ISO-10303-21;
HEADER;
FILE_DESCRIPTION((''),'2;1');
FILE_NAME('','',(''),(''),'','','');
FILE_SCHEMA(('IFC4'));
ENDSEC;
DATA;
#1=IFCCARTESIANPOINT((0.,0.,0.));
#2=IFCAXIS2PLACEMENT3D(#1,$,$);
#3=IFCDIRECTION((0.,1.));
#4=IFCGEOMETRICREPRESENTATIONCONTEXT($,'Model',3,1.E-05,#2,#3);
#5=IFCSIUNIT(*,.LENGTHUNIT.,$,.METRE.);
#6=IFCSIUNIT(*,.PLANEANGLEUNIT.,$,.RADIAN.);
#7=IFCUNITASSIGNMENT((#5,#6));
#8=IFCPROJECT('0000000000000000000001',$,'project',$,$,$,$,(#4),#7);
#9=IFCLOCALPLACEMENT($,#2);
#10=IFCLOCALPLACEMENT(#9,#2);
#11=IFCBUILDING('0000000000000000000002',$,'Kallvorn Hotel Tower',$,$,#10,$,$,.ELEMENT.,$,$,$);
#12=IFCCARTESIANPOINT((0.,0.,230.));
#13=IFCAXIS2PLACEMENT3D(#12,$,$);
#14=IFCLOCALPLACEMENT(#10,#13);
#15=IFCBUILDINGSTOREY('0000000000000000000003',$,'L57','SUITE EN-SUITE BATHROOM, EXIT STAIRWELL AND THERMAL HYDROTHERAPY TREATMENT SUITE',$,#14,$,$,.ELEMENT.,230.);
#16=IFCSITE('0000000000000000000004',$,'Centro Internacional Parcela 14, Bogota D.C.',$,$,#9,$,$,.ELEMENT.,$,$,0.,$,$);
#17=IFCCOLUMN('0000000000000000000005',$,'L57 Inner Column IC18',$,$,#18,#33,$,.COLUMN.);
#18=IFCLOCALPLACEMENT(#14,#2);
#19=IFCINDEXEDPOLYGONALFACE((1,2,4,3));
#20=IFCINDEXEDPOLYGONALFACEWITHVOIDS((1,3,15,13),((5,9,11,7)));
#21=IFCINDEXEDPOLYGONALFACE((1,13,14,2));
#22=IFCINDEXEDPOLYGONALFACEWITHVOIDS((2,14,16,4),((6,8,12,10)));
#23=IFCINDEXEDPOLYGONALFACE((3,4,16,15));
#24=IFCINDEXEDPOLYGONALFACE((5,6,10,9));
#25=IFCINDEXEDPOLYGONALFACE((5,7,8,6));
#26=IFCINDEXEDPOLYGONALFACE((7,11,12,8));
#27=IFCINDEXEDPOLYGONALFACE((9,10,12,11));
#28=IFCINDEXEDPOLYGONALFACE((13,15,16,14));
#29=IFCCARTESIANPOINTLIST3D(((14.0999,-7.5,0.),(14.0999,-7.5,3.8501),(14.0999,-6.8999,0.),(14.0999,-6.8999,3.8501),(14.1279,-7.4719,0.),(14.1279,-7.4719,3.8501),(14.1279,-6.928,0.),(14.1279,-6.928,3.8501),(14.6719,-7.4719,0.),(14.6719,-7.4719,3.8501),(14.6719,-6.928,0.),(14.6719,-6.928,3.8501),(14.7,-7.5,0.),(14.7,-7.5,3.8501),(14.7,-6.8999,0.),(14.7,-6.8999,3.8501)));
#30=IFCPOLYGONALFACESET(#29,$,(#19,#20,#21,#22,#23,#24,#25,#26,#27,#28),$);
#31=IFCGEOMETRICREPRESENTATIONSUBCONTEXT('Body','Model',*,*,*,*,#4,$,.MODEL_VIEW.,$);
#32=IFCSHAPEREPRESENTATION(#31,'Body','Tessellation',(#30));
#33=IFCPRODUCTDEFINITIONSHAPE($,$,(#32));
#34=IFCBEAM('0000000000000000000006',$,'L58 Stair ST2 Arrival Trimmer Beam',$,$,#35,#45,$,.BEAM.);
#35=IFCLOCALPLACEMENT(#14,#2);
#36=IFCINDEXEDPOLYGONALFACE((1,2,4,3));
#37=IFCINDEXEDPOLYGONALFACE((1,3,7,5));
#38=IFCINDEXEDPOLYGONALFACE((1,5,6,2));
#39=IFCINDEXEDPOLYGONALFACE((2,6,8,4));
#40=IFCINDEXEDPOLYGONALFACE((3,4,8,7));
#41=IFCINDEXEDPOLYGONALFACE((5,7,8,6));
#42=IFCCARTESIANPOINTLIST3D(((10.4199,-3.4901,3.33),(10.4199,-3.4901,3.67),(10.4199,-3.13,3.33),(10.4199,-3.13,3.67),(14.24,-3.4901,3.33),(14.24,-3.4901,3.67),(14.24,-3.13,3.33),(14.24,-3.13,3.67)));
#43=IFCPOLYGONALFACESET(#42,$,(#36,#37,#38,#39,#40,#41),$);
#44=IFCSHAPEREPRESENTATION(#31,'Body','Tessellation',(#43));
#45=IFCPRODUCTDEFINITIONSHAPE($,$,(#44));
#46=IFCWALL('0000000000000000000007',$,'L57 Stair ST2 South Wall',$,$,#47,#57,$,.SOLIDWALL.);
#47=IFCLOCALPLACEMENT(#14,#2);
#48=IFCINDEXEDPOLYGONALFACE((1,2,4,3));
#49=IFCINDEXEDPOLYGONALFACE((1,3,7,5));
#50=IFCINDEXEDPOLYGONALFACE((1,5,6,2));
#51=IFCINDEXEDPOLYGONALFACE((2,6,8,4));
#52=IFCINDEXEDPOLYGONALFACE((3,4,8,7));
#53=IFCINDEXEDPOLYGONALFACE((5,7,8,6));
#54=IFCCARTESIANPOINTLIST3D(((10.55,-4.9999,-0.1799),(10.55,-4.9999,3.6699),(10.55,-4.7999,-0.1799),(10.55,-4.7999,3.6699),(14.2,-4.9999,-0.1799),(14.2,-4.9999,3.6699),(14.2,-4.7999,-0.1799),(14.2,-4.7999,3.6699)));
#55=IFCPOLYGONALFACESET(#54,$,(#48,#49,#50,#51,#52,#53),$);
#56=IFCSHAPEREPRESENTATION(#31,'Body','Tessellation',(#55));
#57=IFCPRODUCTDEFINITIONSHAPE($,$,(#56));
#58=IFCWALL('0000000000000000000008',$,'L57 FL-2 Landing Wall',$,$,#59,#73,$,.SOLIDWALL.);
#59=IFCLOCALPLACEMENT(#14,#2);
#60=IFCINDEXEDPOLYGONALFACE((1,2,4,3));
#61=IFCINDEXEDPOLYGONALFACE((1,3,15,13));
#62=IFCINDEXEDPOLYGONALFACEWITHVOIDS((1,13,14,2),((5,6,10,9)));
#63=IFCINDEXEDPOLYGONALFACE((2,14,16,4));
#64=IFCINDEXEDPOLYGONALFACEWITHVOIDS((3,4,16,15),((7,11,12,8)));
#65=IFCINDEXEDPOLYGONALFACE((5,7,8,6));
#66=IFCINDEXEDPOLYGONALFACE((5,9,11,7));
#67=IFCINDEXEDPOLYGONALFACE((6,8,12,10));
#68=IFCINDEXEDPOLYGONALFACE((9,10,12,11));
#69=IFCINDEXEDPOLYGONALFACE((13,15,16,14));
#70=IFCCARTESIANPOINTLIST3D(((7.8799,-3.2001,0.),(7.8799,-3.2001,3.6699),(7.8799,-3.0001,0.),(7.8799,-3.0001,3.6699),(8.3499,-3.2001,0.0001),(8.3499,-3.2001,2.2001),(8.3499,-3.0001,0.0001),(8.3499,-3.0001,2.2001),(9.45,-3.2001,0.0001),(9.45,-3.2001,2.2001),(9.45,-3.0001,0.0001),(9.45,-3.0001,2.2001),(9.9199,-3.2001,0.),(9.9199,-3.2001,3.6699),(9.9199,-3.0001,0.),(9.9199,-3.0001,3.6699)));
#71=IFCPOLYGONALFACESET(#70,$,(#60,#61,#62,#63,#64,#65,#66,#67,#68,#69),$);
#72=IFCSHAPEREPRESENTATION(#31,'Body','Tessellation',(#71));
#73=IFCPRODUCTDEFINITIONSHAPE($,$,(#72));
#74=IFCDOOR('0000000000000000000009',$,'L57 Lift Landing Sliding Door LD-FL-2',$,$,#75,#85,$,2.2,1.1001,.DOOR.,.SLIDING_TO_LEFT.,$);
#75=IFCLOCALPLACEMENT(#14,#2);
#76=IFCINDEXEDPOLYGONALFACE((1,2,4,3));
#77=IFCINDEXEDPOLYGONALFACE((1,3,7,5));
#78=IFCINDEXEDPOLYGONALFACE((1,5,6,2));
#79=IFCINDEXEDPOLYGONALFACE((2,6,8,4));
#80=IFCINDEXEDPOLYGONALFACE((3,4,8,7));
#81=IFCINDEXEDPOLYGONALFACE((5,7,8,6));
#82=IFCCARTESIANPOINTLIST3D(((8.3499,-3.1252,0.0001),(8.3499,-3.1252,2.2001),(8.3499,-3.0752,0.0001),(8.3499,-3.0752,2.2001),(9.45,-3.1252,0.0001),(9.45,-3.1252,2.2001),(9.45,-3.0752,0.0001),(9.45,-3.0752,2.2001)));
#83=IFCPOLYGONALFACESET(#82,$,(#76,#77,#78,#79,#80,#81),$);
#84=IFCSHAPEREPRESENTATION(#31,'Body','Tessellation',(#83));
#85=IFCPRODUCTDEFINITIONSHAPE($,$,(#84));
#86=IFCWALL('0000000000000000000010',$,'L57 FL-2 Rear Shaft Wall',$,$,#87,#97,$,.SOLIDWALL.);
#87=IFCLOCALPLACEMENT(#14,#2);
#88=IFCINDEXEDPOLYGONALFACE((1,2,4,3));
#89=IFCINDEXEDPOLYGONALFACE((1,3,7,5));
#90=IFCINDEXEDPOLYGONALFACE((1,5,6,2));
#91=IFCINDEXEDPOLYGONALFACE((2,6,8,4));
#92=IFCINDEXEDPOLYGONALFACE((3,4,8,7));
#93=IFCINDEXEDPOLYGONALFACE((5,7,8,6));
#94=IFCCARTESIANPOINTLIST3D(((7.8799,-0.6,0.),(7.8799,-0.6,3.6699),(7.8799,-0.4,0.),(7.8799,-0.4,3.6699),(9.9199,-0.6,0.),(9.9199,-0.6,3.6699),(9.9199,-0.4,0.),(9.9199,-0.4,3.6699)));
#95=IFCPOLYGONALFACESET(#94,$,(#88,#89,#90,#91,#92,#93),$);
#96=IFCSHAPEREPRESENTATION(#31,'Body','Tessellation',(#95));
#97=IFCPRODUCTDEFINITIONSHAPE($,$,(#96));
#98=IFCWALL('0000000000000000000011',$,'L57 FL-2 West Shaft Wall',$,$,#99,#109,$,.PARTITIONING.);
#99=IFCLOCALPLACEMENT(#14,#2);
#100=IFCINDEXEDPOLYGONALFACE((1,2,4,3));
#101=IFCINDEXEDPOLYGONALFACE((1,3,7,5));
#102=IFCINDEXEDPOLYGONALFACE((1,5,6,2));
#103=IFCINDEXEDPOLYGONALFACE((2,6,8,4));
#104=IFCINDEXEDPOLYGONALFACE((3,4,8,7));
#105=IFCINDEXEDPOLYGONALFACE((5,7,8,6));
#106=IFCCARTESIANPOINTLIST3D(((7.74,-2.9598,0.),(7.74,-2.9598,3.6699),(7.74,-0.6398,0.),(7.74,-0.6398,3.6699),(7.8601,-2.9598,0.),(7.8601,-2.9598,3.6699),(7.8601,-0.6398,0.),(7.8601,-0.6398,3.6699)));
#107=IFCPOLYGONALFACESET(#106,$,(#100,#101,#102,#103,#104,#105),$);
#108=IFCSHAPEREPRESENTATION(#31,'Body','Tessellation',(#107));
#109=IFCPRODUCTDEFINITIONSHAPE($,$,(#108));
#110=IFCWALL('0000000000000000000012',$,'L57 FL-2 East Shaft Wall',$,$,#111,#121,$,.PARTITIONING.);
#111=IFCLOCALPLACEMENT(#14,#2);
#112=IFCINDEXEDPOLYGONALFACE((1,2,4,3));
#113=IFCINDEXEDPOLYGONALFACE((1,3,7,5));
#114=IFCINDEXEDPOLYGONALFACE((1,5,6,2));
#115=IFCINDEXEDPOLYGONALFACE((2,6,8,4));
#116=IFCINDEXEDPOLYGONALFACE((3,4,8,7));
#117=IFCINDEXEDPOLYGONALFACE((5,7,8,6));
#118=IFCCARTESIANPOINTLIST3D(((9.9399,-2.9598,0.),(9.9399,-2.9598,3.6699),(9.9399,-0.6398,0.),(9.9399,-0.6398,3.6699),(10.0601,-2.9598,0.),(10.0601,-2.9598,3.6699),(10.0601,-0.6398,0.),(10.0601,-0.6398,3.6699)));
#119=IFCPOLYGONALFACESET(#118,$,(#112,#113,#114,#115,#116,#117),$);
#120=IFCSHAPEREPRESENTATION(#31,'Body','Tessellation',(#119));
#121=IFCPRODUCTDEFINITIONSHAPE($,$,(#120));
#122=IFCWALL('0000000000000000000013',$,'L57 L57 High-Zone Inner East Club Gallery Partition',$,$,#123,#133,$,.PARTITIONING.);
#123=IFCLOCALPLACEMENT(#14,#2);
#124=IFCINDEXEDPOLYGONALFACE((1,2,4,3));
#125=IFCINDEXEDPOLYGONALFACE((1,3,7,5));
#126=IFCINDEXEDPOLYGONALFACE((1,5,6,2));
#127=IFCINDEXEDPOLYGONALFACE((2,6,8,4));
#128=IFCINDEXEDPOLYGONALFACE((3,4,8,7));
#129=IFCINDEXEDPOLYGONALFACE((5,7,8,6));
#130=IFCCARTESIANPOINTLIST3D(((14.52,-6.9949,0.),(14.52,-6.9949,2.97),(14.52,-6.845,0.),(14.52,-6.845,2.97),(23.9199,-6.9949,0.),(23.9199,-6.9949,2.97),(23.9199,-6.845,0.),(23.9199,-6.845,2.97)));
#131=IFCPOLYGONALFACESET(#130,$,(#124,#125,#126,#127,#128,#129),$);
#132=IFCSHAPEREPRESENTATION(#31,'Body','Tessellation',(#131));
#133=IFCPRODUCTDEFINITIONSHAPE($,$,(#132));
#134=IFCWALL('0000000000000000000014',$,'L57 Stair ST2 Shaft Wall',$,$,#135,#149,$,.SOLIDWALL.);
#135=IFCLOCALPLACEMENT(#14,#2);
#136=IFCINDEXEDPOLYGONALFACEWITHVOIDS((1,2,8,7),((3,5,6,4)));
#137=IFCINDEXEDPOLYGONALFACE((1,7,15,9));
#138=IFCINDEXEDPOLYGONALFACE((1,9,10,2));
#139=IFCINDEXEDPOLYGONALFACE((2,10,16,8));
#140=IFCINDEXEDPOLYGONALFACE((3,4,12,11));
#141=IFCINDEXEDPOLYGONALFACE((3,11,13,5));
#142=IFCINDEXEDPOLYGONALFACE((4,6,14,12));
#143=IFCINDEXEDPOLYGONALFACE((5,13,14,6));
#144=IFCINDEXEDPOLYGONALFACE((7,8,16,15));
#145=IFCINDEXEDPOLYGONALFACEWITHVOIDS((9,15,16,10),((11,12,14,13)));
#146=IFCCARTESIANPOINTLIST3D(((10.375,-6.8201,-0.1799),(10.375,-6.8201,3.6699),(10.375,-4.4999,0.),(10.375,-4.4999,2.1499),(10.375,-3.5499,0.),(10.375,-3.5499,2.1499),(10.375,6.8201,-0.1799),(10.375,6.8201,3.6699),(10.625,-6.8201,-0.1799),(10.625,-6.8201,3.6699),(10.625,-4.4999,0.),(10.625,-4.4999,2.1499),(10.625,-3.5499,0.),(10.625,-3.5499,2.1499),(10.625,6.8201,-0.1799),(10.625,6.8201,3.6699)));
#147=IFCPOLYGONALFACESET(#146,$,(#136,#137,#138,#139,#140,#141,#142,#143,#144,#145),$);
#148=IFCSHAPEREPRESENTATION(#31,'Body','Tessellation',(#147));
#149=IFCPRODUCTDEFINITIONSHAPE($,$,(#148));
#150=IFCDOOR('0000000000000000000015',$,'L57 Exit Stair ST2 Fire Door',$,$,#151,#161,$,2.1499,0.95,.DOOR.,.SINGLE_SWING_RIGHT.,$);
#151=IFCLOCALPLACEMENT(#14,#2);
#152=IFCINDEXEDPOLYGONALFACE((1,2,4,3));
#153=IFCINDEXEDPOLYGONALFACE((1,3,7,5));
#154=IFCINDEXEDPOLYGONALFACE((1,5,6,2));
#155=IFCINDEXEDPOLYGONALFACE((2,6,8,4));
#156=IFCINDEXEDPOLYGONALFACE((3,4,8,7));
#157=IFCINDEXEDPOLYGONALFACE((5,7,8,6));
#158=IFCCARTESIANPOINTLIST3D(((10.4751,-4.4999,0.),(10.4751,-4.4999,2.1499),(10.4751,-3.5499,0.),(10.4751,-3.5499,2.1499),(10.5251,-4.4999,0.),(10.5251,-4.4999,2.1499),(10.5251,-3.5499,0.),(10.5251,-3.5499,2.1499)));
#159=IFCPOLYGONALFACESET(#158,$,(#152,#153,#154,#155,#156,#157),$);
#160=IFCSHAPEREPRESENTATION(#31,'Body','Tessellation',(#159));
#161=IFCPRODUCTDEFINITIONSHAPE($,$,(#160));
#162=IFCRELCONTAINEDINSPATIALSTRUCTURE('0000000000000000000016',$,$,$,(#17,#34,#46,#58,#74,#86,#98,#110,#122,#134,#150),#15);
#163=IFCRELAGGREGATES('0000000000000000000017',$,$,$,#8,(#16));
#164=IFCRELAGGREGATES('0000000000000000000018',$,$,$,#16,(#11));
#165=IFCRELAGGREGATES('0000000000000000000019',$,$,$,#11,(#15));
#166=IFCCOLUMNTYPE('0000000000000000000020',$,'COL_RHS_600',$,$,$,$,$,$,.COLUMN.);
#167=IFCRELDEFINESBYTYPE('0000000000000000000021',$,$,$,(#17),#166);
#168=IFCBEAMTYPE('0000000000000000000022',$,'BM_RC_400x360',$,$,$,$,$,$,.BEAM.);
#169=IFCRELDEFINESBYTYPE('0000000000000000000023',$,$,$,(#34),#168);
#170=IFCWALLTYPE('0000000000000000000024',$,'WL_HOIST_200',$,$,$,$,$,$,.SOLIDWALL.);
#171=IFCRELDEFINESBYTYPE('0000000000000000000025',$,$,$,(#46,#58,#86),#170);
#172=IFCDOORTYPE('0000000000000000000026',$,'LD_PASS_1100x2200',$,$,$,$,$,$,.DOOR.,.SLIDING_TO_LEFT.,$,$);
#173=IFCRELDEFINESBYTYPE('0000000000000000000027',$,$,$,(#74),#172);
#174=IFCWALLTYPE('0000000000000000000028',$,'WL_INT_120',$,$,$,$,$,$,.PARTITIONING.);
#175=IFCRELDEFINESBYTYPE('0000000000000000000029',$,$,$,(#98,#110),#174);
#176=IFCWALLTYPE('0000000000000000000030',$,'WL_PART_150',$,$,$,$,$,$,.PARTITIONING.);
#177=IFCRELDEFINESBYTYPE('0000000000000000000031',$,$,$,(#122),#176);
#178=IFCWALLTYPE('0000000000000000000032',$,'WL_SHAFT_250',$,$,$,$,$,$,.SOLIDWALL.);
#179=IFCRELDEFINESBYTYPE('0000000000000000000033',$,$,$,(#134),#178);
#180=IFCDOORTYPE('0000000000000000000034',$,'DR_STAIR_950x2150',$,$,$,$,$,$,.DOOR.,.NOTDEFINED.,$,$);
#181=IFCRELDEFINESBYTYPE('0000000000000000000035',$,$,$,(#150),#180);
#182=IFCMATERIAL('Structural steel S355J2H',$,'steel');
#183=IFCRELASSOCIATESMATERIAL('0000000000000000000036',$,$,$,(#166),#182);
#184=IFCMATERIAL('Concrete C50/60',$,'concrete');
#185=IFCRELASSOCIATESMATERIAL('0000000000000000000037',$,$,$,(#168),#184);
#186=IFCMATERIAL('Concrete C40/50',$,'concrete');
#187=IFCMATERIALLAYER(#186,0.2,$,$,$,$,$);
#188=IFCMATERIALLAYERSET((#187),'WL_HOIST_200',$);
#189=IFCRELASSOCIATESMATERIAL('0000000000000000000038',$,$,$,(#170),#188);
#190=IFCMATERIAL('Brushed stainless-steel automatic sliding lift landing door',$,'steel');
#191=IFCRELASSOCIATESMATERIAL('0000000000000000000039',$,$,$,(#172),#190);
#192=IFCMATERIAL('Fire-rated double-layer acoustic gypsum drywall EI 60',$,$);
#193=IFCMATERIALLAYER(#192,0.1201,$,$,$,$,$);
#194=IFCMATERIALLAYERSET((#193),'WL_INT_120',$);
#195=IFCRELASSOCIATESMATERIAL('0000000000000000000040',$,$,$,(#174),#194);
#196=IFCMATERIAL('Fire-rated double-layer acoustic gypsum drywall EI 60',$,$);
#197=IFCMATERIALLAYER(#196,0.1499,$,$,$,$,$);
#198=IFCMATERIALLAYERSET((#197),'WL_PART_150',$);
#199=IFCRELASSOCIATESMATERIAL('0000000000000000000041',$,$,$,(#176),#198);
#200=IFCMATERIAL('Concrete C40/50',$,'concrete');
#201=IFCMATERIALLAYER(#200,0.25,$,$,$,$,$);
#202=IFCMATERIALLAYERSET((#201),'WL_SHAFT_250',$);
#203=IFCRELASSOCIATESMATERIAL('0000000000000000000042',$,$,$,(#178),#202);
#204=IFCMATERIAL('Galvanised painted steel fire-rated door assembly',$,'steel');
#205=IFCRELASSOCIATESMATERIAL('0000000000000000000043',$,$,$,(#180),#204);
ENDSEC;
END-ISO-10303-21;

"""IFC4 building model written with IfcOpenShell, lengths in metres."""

from ifc_helpers import new_model, si_unit, direction, frame, frame_2d, origin, origin_2d, place, context, subcontext, project, spatial, rectangle, hollow_rectangle, extrude, material, layer, layer_set, material_profile, profile_set, type_object, element, fill, save


model = new_model("IFC4")

# Units and contexts
model_context = context("Model", 3, precision=1e-05, world=origin(), true_north=direction((0.0, 1.0)))
body_context = subcontext(model_context, "Body", "Model", "MODEL_VIEW")
ifc_project = project(units=[si_unit("LENGTHUNIT", "METRE"), si_unit("PLANEANGLEUNIT", "RADIAN")], contexts=[model_context])

# Site, building, storey
site_placement = place(None, origin())
site = spatial("IfcSite", under=ifc_project, at=site_placement, Name="Centro Internacional Parcela 14, Bogota D.C.", CompositionType="ELEMENT", RefElevation=0.0)
building_placement = place(site_placement, origin())
building = spatial("IfcBuilding", under=site, at=building_placement, Name="Kallvorn Hotel Tower", CompositionType="ELEMENT")
storey_placement = place(building_placement, frame((0.0, 0.0, 230.0)))
storey = spatial("IfcBuildingStorey", under=building, at=storey_placement, Name="L57", Description="SUITE EN-SUITE BATHROOM, EXIT STAIRWELL AND THERMAL HYDROTHERAPY TREATMENT SUITE", CompositionType="ELEMENT", Elevation=230.0)

# Column
ifc_material_1 = material(Name="Structural steel S355J2H", Category="steel")
ifc_material_profile_1 = material_profile(ifc_material_1, hollow_rectangle(XDim=0.6001, YDim=0.6001, WallThickness=0.0281, at=origin_2d()), Name="RHS 600x600x28")
ifc_profile_set_1 = profile_set([ifc_material_profile_1], Name="Structural steel S355J2H")
column_type = type_object("IfcColumnType", Name="COL_RHS_600", PredefinedType="COLUMN", material=ifc_profile_set_1)
column_placement = place(storey_placement, frame((14.3999, -7.2, 0.0), z_axis=(0.0, 0.0, 1.0), x_axis=(1.0, 0.0, 0.0)))
element("IfcColumn", 1, at=column_placement, inside=storey, type_object=column_type, Name="L57 Inner Column IC18", PredefinedType="COLUMN", context=body_context, shape_type="SweptSolid", body=[
    extrude(hollow_rectangle(XDim=0.6001, YDim=0.6001, WallThickness=0.0281, at=origin_2d()), origin(), (0.0, 0.0, 1.0), 3.8501),
])

# Beam
ifc_material_2 = material(Name="Concrete C50/60", Category="concrete")
ifc_material_profile_2 = material_profile(ifc_material_2, rectangle(XDim=0.3601, YDim=0.3401, at=origin_2d()), Name="RC 360x340")
ifc_profile_set_2 = profile_set([ifc_material_profile_2], Name="Concrete C50/60")
beam_type = type_object("IfcBeamType", Name="BM_RC_400x360", PredefinedType="BEAM", material=ifc_profile_set_2)
beam_placement = place(storey_placement, frame((14.24, -3.3101, 3.5), z_axis=(-1.0, 0.0, 0.0), x_axis=(0.0, -1.0, 0.0)))
element("IfcBeam", 2, at=beam_placement, inside=storey, type_object=beam_type, Name="L58 Stair ST2 Arrival Trimmer Beam", PredefinedType="BEAM", context=body_context, shape_type="SweptSolid", body=[
    extrude(rectangle(XDim=0.3601, YDim=0.3401, at=origin_2d()), origin(), (0.0, 0.0, 1.0), 3.8201),
])

# Wall
ifc_material_3 = material(Name="Concrete C40/50", Category="concrete")
ifc_layer_1 = layer(ifc_material_3, 0.2)
ifc_layer_set_1 = layer_set([ifc_layer_1], Name="WL_HOIST_200")
wall_type_1 = type_object("IfcWallType", Name="WL_HOIST_200", PredefinedType="SOLIDWALL", material=ifc_layer_set_1)
wall_1_placement = place(storey_placement, frame((10.55, -4.8999, -0.1799), z_axis=(0.0, 0.0, 1.0), x_axis=(1.0, 0.0, 0.0)))
element("IfcWall", 3, at=wall_1_placement, inside=storey, type_object=wall_type_1, Name="L57 Stair ST2 South Wall", PredefinedType="SOLIDWALL", context=body_context, shape_type="SweptSolid", body=[
    extrude(rectangle(XDim=3.6499, YDim=0.2, at=frame_2d((1.825, 0.0))), origin(), (0.0, 0.0, 1.0), 3.8499),
])

# Wall, opening, door
wall_2_placement = place(storey_placement, frame((7.8799, -3.1001, 0.0), z_axis=(0.0, 0.0, 1.0), x_axis=(1.0, 0.0, 0.0)))
wall_2 = element("IfcWall", 4, at=wall_2_placement, inside=storey, type_object=wall_type_1, Name="L57 FL-2 Landing Wall", PredefinedType="SOLIDWALL", context=body_context, shape_type="SweptSolid", body=[
    extrude(rectangle(XDim=2.04, YDim=0.2, at=frame_2d((1.02, 0.0))), origin(), (0.0, 0.0, 1.0), 3.6699),
])
opening_1_placement = place(wall_2_placement, frame((0.47, 0.0, 0.0)))
opening_1 = element("IfcOpeningElement", 5, at=opening_1_placement, cuts=wall_2, PredefinedType="OPENING", context=body_context, shape_type="SweptSolid", body=[
    extrude(rectangle(XDim=1.1001, YDim=2.2, at=frame_2d((0.55, 1.1001))), frame((0.0, 0.115, 0.0), z_axis=(0.0, -1.0, 0.0), x_axis=(1.0, 0.0, 0.0)), (0.0, 0.0, 1.0), 0.23),
])
ifc_material_4 = material(Name="Brushed stainless-steel automatic sliding lift landing door", Category="steel")
door_type_1 = type_object("IfcDoorType", Name="LD_PASS_1100x2200", OperationType="SLIDING_TO_LEFT", PredefinedType="DOOR", material=ifc_material_4)
door_1_placement = place(opening_1_placement, origin())
door_1 = element("IfcDoor", 6, at=door_1_placement, inside=storey, type_object=door_type_1, Name="L57 Lift Landing Sliding Door LD-FL-2", OperationType="SLIDING_TO_LEFT", OverallHeight=2.2, OverallWidth=1.1001, PredefinedType="DOOR", context=body_context, shape_type="SweptSolid", body=[
    extrude(rectangle(XDim=1.1001, YDim=2.2, at=frame_2d((0.55, 1.1001))), frame((0.0, 0.0249, 0.0), z_axis=(0.0, -1.0, 0.0), x_axis=(1.0, 0.0, 0.0)), (0.0, 0.0, 1.0), 0.05),
])
fill(opening_1, door_1)

# Walls
wall_3_placement = place(storey_placement, frame((7.8799, -0.5, 0.0), z_axis=(0.0, 0.0, 1.0), x_axis=(1.0, 0.0, 0.0)))
element("IfcWall", 7, at=wall_3_placement, inside=storey, type_object=wall_type_1, Name="L57 FL-2 Rear Shaft Wall", PredefinedType="SOLIDWALL", context=body_context, shape_type="SweptSolid", body=[
    extrude(rectangle(XDim=2.04, YDim=0.2, at=frame_2d((1.02, 0.0))), origin(), (0.0, 0.0, 1.0), 3.6699),
])
ifc_material_5 = material(Name="Fire-rated double-layer acoustic gypsum drywall EI 60")
ifc_layer_2 = layer(ifc_material_5, 0.1201)
ifc_layer_set_2 = layer_set([ifc_layer_2], Name="WL_INT_120")
wall_type_2 = type_object("IfcWallType", Name="WL_INT_120", PredefinedType="PARTITIONING", material=ifc_layer_set_2)
for number, where, z_axis, x_axis, name in (
    (8, (7.8, -2.96, 0.0), (0.0, 0.0, 1.0), (0.0, 1.0, 0.0), "L57 FL-2 West Shaft Wall"),
    (9, (10.0, -2.96, 0.0), (0.0, 0.0, 1.0), (0.0, 1.0, 0.0), "L57 FL-2 East Shaft Wall"),
):
    element("IfcWall", number, at=place(storey_placement, frame(where, z_axis=z_axis, x_axis=x_axis)), inside=storey, type_object=wall_type_2, Name=name, PredefinedType="PARTITIONING", context=body_context, shape_type="SweptSolid", body=[
        extrude(rectangle(XDim=2.3201, YDim=0.1201, at=frame_2d((1.1602, 0.0))), origin(), (0.0, 0.0, 1.0), 3.6699),
    ])
ifc_material_6 = material(Name="Fire-rated double-layer acoustic gypsum drywall EI 60")
ifc_layer_3 = layer(ifc_material_6, 0.1499)
ifc_layer_set_3 = layer_set([ifc_layer_3], Name="WL_PART_150")
wall_type_3 = type_object("IfcWallType", Name="WL_PART_150", PredefinedType="PARTITIONING", material=ifc_layer_set_3)
wall_4_placement = place(storey_placement, frame((14.52, -6.9199, 0.0), z_axis=(0.0, 0.0, 1.0), x_axis=(1.0, 0.0, 0.0)))
element("IfcWall", 10, at=wall_4_placement, inside=storey, type_object=wall_type_3, Name="L57 L57 High-Zone Inner East Club Gallery Partition", PredefinedType="PARTITIONING", context=body_context, shape_type="SweptSolid", body=[
    extrude(rectangle(XDim=9.3999, YDim=0.1499, at=frame_2d((4.7, 0.0))), origin(), (0.0, 0.0, 1.0), 2.97),
])

# Wall, opening, door
ifc_material_7 = material(Name="Concrete C40/50", Category="concrete")
ifc_layer_4 = layer(ifc_material_7, 0.25)
ifc_layer_set_4 = layer_set([ifc_layer_4], Name="WL_SHAFT_250")
wall_type_4 = type_object("IfcWallType", Name="WL_SHAFT_250", PredefinedType="SOLIDWALL", material=ifc_layer_set_4)
wall_5_placement = place(storey_placement, frame((10.5, -6.8201, -0.1799), z_axis=(0.0, 0.0, 1.0), x_axis=(0.0, 1.0, 0.0)))
wall_5 = element("IfcWall", 11, at=wall_5_placement, inside=storey, type_object=wall_type_4, Name="L57 Stair ST2 Shaft Wall", PredefinedType="SOLIDWALL", context=body_context, shape_type="SweptSolid", body=[
    extrude(rectangle(XDim=13.6401, YDim=0.25, at=frame_2d((6.8201, 0.0))), origin(), (0.0, 0.0, 1.0), 3.8499),
])
opening_2_placement = place(wall_5_placement, frame((2.3201, 0.0, 0.1799)))
opening_2 = element("IfcOpeningElement", 12, at=opening_2_placement, cuts=wall_5, PredefinedType="OPENING", context=body_context, shape_type="SweptSolid", body=[
    extrude(rectangle(XDim=0.95, YDim=2.1499, at=frame_2d((0.4751, 1.075))), frame((0.0, 0.1399, 0.0), z_axis=(0.0, -1.0, 0.0), x_axis=(1.0, 0.0, 0.0)), (0.0, 0.0, 1.0), 0.28),
])
ifc_material_8 = material(Name="Galvanised painted steel fire-rated door assembly", Category="steel")
door_type_2 = type_object("IfcDoorType", Name="DR_STAIR_950x2150", OperationType="NOTDEFINED", PredefinedType="DOOR", material=ifc_material_8)
door_2_placement = place(opening_2_placement, origin())
door_2 = element("IfcDoor", 13, at=door_2_placement, inside=storey, type_object=door_type_2, Name="L57 Exit Stair ST2 Fire Door", OperationType="SINGLE_SWING_RIGHT", OverallHeight=2.1499, OverallWidth=0.95, PredefinedType="DOOR", context=body_context, shape_type="SweptSolid", body=[
    extrude(rectangle(XDim=0.95, YDim=2.1499, at=frame_2d((0.4751, 1.075))), frame((0.0, 0.0249, 0.0), z_axis=(0.0, -1.0, 0.0), x_axis=(1.0, 0.0, 0.0)), (0.0, 0.0, 1.0), 0.05),
])
fill(opening_2, door_2)

save(model, "model.ifc")
